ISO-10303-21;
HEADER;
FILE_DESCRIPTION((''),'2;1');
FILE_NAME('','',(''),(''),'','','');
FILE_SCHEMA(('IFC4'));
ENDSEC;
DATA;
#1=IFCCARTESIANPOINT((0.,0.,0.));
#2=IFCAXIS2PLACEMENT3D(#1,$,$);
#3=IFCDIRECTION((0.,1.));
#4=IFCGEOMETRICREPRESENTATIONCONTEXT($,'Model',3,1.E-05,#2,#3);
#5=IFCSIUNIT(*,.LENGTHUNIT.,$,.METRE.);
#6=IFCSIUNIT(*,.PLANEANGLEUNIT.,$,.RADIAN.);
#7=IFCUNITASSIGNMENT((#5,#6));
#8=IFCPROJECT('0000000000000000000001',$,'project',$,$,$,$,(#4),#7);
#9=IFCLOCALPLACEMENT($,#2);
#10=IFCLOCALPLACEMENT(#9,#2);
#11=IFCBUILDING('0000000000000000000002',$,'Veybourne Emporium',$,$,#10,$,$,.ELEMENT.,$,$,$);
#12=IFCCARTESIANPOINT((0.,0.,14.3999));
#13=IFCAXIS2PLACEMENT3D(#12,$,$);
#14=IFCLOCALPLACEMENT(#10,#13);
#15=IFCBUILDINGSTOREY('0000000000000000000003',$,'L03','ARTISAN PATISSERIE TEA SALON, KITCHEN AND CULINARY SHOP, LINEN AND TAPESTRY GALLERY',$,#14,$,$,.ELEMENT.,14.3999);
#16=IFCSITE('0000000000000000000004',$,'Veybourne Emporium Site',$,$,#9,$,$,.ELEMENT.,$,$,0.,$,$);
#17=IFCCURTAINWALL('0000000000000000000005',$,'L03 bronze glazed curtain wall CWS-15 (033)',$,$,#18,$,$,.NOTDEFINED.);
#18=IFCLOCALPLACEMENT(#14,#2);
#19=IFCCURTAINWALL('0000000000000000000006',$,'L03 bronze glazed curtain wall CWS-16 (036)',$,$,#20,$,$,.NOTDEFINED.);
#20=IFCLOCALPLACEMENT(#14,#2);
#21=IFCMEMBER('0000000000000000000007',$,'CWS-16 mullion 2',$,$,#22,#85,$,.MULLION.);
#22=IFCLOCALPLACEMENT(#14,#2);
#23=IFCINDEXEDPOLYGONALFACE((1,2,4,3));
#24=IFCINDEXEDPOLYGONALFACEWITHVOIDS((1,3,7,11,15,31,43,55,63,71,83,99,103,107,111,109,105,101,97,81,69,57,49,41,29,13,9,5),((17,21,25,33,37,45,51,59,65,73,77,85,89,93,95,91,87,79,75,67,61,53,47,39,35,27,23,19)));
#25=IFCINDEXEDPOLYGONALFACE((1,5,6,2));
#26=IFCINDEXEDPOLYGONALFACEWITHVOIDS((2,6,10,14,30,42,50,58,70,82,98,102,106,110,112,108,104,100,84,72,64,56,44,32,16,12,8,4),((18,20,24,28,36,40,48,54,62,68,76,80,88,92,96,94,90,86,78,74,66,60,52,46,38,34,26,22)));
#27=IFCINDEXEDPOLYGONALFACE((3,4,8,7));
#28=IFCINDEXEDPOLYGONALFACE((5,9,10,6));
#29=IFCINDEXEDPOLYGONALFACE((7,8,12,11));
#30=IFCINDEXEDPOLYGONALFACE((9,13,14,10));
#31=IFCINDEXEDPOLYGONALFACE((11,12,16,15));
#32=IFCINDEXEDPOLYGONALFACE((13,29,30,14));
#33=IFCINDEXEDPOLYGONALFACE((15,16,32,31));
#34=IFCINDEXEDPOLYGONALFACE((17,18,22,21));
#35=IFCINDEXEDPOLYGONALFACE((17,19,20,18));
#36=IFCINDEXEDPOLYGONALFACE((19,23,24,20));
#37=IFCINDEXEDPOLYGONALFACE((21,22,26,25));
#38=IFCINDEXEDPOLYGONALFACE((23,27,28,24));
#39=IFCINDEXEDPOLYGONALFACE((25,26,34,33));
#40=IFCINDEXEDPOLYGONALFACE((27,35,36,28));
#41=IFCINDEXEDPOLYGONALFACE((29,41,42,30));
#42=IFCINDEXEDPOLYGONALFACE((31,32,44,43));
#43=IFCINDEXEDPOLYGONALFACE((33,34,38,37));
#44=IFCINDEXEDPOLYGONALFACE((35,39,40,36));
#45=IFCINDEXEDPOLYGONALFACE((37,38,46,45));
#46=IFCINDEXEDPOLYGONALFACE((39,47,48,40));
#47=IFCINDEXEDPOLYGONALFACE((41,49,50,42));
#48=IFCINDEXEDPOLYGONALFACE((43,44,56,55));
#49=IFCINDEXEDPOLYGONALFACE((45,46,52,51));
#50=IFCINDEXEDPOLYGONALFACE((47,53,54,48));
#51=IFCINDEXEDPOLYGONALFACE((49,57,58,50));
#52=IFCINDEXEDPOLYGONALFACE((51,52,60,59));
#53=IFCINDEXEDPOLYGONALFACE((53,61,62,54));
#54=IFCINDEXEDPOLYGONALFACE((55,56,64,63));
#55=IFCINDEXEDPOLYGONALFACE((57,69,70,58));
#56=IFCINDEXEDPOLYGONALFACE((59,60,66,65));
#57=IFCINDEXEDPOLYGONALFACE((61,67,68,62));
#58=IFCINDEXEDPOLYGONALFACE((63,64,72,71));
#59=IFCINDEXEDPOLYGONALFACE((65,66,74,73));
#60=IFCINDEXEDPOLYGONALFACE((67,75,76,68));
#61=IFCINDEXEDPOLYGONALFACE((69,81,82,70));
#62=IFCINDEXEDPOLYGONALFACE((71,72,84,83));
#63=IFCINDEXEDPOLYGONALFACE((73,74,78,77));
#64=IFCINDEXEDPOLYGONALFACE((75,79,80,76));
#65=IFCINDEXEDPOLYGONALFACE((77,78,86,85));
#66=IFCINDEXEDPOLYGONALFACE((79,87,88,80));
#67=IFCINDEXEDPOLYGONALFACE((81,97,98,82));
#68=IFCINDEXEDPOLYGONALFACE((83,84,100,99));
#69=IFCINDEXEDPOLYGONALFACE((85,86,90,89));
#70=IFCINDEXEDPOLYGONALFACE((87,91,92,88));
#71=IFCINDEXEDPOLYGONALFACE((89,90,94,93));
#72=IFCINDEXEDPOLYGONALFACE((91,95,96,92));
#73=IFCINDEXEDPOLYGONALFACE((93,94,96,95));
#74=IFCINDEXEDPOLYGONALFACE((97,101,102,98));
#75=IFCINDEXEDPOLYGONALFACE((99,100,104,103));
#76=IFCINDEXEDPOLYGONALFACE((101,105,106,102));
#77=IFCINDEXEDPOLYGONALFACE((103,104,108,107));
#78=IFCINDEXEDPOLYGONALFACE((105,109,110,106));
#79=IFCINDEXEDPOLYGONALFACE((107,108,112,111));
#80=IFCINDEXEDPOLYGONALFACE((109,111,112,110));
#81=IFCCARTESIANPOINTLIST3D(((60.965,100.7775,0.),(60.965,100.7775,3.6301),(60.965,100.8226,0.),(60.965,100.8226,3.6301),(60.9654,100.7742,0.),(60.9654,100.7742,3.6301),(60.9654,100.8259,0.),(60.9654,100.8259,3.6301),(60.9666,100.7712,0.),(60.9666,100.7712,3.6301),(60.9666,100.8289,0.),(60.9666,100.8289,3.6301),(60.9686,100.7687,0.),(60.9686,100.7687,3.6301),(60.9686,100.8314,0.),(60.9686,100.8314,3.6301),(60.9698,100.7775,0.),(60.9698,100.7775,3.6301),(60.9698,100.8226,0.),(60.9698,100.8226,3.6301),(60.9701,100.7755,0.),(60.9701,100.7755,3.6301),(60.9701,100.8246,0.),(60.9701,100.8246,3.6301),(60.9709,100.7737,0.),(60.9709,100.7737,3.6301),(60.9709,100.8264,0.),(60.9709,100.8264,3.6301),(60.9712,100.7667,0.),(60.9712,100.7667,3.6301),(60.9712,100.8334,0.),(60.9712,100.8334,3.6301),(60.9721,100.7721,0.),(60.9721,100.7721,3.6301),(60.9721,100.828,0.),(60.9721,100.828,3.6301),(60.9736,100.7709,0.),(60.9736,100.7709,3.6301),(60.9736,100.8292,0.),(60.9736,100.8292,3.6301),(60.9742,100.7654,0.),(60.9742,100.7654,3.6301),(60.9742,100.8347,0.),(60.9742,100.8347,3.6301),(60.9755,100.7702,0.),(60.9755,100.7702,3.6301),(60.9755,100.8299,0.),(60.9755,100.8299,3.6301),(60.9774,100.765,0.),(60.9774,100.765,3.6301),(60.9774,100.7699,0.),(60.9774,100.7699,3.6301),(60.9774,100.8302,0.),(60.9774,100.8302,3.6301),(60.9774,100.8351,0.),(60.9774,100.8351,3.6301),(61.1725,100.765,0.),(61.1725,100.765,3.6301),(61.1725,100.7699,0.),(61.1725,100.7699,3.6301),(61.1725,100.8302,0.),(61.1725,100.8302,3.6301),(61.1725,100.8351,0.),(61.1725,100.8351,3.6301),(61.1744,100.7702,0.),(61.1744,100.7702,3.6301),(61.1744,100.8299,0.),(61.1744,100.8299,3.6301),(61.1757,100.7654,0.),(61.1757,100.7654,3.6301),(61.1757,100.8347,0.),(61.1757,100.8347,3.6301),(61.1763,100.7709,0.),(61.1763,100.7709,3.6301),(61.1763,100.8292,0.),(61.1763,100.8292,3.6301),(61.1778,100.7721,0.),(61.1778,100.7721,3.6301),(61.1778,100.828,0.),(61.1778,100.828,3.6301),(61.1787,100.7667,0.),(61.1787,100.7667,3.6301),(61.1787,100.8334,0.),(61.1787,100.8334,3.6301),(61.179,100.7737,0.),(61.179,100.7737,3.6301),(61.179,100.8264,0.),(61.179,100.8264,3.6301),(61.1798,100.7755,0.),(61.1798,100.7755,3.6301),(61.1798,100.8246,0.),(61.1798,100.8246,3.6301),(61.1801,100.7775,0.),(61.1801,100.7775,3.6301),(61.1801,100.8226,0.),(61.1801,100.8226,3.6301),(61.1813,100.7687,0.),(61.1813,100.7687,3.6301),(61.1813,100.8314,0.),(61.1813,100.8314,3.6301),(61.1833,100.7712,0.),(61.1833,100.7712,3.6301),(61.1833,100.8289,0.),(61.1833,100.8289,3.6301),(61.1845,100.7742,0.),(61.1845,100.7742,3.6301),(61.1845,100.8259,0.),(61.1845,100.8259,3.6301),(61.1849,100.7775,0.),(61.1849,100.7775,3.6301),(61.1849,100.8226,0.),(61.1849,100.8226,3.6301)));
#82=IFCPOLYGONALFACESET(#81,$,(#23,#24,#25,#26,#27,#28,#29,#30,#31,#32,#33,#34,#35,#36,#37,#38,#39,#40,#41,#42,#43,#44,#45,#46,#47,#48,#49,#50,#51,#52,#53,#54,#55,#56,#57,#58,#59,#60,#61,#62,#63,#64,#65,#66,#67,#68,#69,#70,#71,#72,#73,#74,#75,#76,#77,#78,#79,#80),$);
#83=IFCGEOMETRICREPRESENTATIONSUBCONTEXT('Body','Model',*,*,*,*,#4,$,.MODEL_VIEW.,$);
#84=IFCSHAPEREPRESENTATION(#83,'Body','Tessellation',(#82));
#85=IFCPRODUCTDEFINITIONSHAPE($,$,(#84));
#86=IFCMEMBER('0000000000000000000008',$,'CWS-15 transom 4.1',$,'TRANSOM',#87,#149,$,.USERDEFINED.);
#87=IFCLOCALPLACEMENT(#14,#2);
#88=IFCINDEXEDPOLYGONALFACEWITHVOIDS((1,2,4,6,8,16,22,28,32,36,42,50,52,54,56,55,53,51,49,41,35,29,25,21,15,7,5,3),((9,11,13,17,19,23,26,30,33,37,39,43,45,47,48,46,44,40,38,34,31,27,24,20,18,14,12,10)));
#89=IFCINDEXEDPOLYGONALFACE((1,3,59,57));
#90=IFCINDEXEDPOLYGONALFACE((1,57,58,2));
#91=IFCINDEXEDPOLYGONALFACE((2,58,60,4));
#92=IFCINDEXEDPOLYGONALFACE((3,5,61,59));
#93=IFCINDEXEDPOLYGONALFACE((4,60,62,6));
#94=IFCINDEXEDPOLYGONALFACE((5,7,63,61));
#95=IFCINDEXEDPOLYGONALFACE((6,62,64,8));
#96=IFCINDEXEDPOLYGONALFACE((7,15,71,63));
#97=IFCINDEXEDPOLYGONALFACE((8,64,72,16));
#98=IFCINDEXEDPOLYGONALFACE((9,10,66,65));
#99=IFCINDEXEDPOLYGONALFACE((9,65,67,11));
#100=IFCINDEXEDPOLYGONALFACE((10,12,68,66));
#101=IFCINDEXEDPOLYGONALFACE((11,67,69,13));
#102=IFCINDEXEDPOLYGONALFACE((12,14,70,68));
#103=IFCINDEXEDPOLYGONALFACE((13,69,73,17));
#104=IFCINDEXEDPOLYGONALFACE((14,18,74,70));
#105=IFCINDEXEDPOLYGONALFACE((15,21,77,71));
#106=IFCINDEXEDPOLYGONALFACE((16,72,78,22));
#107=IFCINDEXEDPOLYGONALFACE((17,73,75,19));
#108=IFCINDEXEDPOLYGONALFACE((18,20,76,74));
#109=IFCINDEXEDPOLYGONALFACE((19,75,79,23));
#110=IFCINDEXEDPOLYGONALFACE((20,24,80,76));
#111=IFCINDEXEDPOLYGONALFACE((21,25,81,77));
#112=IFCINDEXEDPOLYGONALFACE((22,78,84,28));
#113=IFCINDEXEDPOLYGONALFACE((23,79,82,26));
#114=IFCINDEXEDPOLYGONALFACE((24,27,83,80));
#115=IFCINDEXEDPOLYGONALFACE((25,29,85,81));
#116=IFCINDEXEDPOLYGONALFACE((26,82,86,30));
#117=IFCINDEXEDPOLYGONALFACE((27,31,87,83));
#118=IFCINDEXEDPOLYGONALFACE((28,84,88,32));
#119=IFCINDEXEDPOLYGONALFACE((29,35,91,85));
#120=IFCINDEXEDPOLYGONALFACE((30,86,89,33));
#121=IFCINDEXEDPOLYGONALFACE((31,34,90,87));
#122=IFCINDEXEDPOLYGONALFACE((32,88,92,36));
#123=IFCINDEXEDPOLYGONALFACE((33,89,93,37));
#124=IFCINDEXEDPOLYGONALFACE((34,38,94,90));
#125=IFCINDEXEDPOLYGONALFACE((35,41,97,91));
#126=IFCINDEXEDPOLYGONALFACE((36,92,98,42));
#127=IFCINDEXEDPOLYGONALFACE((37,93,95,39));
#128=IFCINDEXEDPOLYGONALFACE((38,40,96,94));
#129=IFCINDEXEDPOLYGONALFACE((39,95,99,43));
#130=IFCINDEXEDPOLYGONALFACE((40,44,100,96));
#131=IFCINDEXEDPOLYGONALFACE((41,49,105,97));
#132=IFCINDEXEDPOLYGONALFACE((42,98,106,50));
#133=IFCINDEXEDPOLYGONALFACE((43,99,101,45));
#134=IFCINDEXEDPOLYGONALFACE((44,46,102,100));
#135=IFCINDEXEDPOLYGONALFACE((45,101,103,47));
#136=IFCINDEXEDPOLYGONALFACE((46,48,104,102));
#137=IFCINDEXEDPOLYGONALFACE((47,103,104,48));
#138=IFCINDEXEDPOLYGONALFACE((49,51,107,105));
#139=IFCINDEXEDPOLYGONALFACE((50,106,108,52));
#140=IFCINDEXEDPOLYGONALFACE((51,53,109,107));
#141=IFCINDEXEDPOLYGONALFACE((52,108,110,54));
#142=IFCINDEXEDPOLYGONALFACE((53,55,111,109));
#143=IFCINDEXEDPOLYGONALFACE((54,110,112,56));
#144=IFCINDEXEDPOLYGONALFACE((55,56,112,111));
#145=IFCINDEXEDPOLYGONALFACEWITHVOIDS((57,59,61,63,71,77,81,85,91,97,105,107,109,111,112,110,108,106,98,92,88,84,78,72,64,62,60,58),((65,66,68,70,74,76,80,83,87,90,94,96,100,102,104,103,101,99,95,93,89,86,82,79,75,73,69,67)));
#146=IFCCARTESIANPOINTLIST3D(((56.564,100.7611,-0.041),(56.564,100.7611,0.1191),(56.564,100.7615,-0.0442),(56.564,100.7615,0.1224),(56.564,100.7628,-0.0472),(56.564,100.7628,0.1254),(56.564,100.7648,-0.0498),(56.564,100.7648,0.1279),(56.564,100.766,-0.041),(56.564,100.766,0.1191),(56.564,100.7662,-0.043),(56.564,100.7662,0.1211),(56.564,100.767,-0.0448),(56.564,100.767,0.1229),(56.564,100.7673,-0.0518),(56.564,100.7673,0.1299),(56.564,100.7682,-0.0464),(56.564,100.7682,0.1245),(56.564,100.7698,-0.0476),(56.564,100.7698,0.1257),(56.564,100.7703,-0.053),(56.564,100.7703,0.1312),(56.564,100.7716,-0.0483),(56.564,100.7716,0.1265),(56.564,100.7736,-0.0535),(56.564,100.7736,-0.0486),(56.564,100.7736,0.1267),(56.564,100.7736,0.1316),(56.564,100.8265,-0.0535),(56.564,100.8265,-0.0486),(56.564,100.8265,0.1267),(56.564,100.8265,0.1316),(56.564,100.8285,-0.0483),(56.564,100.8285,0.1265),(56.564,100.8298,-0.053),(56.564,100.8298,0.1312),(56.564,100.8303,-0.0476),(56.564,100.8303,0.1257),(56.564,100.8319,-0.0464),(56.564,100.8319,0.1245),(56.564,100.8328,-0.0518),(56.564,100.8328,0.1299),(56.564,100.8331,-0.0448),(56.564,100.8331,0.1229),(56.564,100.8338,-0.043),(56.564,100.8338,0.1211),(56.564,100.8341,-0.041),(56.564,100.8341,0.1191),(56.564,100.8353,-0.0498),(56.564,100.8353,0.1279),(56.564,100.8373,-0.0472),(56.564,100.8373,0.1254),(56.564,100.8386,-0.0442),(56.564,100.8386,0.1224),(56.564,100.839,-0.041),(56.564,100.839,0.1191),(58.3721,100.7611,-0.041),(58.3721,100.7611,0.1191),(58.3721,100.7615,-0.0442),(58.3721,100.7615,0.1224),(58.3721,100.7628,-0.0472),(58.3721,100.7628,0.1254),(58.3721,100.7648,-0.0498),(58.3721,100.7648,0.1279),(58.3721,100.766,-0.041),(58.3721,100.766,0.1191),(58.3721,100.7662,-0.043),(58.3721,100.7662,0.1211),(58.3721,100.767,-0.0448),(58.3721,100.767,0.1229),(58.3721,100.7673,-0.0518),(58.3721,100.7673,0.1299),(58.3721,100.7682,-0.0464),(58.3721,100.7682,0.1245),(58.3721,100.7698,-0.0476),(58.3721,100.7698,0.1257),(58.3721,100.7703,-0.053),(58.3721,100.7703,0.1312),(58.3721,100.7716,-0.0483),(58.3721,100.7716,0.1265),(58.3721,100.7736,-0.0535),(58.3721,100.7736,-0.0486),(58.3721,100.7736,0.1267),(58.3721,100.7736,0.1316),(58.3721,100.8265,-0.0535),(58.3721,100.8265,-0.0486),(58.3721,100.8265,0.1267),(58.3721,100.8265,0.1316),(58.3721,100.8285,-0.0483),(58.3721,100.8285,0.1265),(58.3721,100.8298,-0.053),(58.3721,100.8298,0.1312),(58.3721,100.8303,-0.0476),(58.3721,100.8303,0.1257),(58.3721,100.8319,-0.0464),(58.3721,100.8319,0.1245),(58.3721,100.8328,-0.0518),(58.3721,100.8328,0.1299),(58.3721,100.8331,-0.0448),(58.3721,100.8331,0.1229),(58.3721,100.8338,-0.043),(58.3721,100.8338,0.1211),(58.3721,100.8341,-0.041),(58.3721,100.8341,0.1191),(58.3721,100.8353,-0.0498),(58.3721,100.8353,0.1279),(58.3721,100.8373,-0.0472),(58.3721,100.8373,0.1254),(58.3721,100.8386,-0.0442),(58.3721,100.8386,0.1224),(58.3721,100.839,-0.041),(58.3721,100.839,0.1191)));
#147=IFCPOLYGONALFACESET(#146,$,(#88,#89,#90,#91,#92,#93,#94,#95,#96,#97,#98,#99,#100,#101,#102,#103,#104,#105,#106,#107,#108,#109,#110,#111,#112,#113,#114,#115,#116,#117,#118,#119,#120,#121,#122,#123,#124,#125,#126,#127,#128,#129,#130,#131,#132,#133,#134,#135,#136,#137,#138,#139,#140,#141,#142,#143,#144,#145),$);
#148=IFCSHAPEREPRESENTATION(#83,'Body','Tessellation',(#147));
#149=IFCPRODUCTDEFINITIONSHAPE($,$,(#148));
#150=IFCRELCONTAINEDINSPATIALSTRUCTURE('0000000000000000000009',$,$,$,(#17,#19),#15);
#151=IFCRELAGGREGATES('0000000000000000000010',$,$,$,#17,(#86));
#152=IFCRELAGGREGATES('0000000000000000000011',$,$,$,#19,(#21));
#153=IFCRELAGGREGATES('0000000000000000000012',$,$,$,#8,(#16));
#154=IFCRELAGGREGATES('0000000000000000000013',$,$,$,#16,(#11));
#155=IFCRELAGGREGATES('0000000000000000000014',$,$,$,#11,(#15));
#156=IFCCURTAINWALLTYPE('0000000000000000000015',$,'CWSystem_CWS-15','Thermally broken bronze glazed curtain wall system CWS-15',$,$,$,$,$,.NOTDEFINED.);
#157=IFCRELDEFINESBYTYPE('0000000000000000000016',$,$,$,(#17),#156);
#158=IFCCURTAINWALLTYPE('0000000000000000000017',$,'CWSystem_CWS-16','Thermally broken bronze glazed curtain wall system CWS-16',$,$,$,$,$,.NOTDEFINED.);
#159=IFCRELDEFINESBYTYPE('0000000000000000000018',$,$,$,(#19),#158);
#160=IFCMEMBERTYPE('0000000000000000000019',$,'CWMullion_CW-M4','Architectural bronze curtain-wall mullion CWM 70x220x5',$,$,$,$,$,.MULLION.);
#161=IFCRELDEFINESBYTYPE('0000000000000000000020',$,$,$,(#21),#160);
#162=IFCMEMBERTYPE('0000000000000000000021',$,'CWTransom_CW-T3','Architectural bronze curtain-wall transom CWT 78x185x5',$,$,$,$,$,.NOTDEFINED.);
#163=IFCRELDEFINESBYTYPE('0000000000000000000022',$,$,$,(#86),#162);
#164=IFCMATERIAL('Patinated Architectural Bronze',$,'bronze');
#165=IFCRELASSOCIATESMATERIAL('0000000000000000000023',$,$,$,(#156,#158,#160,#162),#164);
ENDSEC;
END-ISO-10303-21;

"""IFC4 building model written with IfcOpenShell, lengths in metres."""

from ifc_helpers import new_model, si_unit, direction, frame, origin, origin_2d, place, context, subcontext, project, spatial, hollow_rectangle, extrude, material, material_profile, profile_set, type_object, element, aggregate, save


model = new_model("IFC4")

# Units and contexts
model_context = context("Model", 3, precision=1e-05, world=origin(), true_north=direction((0.0, 1.0)))
body_context = subcontext(model_context, "Body", "Model", "MODEL_VIEW")
ifc_project = project(units=[si_unit("LENGTHUNIT", "METRE"), si_unit("PLANEANGLEUNIT", "RADIAN")], contexts=[model_context])

# Site, building, storey
site_placement = place(None, origin())
site = spatial("IfcSite", under=ifc_project, at=site_placement, Name="Veybourne Emporium Site", CompositionType="ELEMENT", RefElevation=0.0)
building_placement = place(site_placement, origin())
building = spatial("IfcBuilding", under=site, at=building_placement, Name="Veybourne Emporium", CompositionType="ELEMENT")
storey_placement = place(building_placement, frame((0.0, 0.0, 14.3999)))
storey = spatial("IfcBuildingStorey", under=building, at=storey_placement, Name="L03", Description="ARTISAN PATISSERIE TEA SALON, KITCHEN AND CULINARY SHOP, LINEN AND TAPESTRY GALLERY", CompositionType="ELEMENT", Elevation=14.3999)

# Curtain wall
ifc_material_1 = material(Name="Patinated Architectural Bronze", Category="bronze")
curtain_wall_type_1 = type_object("IfcCurtainWallType", Name="CWSystem_CWS-15", Description="Thermally broken bronze glazed curtain wall system CWS-15", PredefinedType="NOTDEFINED", material=ifc_material_1)
curtain_wall_1_placement = place(storey_placement, origin())
curtain_wall_1 = element("IfcCurtainWall", 1, at=curtain_wall_1_placement, inside=storey, type_object=curtain_wall_type_1, Name="L03 bronze glazed curtain wall CWS-15 (033)", PredefinedType="NOTDEFINED")

# Curtain wall, member
curtain_wall_type_2 = type_object("IfcCurtainWallType", Name="CWSystem_CWS-16", Description="Thermally broken bronze glazed curtain wall system CWS-16", PredefinedType="NOTDEFINED", material=ifc_material_1)
curtain_wall_2_placement = place(storey_placement, origin())
curtain_wall_2 = element("IfcCurtainWall", 2, at=curtain_wall_2_placement, inside=storey, type_object=curtain_wall_type_2, Name="L03 bronze glazed curtain wall CWS-16 (036)", PredefinedType="NOTDEFINED")
ifc_material_profile_1 = material_profile(ifc_material_1, hollow_rectangle(XDim=0.0701, YDim=0.22, WallThickness=0.0049, InnerFilletRadius=0.0076, OuterFilletRadius=0.0125, at=origin_2d()), Name="CWM 70x220x5")
ifc_profile_set_1 = profile_set([ifc_material_profile_1], Name="Patinated Architectural Bronze")
member_type_1 = type_object("IfcMemberType", Name="CWMullion_CW-M4", Description="Architectural bronze curtain-wall mullion CWM 70x220x5", PredefinedType="MULLION", material=ifc_profile_set_1)
member_1_placement = place(storey_placement, frame((61.075, 100.8, 0.0), z_axis=(0.0, 0.0, 1.0), x_axis=(0.0, 1.0, 0.0)))
member_1 = element("IfcMember", 3, at=member_1_placement, type_object=member_type_1, Name="CWS-16 mullion 2", PredefinedType="MULLION", context=body_context, shape_type="SweptSolid", body=[
    extrude(hollow_rectangle(XDim=0.0701, YDim=0.22, WallThickness=0.0049, InnerFilletRadius=0.0076, OuterFilletRadius=0.0125, at=origin_2d()), origin(), (0.0, 0.0, 1.0), 3.6301),
])

# Member
ifc_material_profile_2 = material_profile(ifc_material_1, hollow_rectangle(XDim=0.0779, YDim=0.1851, WallThickness=0.0049, InnerFilletRadius=0.0076, OuterFilletRadius=0.0125, at=origin_2d()), Name="CWT 78x185x5")
ifc_profile_set_2 = profile_set([ifc_material_profile_2], Name="Patinated Architectural Bronze")
member_type_2 = type_object("IfcMemberType", Name="CWTransom_CW-T3", Description="Architectural bronze curtain-wall transom CWT 78x185x5", PredefinedType="NOTDEFINED", material=ifc_profile_set_2)
member_2_placement = place(storey_placement, frame((56.564, 100.8, 0.0391), z_axis=(1.0, 0.0, 0.0), x_axis=(0.0, 1.0, 0.0)))
member_2 = element("IfcMember", 4, at=member_2_placement, type_object=member_type_2, Name="CWS-15 transom 4.1", ObjectType="TRANSOM", PredefinedType="USERDEFINED", context=body_context, shape_type="SweptSolid", body=[
    extrude(hollow_rectangle(XDim=0.0779, YDim=0.1851, WallThickness=0.0049, InnerFilletRadius=0.0076, OuterFilletRadius=0.0125, at=origin_2d()), origin(), (0.0, 0.0, 1.0), 1.8081),
])

aggregate(curtain_wall_1, [member_2])
aggregate(curtain_wall_2, [member_1])

save(model, "model.ifc")
